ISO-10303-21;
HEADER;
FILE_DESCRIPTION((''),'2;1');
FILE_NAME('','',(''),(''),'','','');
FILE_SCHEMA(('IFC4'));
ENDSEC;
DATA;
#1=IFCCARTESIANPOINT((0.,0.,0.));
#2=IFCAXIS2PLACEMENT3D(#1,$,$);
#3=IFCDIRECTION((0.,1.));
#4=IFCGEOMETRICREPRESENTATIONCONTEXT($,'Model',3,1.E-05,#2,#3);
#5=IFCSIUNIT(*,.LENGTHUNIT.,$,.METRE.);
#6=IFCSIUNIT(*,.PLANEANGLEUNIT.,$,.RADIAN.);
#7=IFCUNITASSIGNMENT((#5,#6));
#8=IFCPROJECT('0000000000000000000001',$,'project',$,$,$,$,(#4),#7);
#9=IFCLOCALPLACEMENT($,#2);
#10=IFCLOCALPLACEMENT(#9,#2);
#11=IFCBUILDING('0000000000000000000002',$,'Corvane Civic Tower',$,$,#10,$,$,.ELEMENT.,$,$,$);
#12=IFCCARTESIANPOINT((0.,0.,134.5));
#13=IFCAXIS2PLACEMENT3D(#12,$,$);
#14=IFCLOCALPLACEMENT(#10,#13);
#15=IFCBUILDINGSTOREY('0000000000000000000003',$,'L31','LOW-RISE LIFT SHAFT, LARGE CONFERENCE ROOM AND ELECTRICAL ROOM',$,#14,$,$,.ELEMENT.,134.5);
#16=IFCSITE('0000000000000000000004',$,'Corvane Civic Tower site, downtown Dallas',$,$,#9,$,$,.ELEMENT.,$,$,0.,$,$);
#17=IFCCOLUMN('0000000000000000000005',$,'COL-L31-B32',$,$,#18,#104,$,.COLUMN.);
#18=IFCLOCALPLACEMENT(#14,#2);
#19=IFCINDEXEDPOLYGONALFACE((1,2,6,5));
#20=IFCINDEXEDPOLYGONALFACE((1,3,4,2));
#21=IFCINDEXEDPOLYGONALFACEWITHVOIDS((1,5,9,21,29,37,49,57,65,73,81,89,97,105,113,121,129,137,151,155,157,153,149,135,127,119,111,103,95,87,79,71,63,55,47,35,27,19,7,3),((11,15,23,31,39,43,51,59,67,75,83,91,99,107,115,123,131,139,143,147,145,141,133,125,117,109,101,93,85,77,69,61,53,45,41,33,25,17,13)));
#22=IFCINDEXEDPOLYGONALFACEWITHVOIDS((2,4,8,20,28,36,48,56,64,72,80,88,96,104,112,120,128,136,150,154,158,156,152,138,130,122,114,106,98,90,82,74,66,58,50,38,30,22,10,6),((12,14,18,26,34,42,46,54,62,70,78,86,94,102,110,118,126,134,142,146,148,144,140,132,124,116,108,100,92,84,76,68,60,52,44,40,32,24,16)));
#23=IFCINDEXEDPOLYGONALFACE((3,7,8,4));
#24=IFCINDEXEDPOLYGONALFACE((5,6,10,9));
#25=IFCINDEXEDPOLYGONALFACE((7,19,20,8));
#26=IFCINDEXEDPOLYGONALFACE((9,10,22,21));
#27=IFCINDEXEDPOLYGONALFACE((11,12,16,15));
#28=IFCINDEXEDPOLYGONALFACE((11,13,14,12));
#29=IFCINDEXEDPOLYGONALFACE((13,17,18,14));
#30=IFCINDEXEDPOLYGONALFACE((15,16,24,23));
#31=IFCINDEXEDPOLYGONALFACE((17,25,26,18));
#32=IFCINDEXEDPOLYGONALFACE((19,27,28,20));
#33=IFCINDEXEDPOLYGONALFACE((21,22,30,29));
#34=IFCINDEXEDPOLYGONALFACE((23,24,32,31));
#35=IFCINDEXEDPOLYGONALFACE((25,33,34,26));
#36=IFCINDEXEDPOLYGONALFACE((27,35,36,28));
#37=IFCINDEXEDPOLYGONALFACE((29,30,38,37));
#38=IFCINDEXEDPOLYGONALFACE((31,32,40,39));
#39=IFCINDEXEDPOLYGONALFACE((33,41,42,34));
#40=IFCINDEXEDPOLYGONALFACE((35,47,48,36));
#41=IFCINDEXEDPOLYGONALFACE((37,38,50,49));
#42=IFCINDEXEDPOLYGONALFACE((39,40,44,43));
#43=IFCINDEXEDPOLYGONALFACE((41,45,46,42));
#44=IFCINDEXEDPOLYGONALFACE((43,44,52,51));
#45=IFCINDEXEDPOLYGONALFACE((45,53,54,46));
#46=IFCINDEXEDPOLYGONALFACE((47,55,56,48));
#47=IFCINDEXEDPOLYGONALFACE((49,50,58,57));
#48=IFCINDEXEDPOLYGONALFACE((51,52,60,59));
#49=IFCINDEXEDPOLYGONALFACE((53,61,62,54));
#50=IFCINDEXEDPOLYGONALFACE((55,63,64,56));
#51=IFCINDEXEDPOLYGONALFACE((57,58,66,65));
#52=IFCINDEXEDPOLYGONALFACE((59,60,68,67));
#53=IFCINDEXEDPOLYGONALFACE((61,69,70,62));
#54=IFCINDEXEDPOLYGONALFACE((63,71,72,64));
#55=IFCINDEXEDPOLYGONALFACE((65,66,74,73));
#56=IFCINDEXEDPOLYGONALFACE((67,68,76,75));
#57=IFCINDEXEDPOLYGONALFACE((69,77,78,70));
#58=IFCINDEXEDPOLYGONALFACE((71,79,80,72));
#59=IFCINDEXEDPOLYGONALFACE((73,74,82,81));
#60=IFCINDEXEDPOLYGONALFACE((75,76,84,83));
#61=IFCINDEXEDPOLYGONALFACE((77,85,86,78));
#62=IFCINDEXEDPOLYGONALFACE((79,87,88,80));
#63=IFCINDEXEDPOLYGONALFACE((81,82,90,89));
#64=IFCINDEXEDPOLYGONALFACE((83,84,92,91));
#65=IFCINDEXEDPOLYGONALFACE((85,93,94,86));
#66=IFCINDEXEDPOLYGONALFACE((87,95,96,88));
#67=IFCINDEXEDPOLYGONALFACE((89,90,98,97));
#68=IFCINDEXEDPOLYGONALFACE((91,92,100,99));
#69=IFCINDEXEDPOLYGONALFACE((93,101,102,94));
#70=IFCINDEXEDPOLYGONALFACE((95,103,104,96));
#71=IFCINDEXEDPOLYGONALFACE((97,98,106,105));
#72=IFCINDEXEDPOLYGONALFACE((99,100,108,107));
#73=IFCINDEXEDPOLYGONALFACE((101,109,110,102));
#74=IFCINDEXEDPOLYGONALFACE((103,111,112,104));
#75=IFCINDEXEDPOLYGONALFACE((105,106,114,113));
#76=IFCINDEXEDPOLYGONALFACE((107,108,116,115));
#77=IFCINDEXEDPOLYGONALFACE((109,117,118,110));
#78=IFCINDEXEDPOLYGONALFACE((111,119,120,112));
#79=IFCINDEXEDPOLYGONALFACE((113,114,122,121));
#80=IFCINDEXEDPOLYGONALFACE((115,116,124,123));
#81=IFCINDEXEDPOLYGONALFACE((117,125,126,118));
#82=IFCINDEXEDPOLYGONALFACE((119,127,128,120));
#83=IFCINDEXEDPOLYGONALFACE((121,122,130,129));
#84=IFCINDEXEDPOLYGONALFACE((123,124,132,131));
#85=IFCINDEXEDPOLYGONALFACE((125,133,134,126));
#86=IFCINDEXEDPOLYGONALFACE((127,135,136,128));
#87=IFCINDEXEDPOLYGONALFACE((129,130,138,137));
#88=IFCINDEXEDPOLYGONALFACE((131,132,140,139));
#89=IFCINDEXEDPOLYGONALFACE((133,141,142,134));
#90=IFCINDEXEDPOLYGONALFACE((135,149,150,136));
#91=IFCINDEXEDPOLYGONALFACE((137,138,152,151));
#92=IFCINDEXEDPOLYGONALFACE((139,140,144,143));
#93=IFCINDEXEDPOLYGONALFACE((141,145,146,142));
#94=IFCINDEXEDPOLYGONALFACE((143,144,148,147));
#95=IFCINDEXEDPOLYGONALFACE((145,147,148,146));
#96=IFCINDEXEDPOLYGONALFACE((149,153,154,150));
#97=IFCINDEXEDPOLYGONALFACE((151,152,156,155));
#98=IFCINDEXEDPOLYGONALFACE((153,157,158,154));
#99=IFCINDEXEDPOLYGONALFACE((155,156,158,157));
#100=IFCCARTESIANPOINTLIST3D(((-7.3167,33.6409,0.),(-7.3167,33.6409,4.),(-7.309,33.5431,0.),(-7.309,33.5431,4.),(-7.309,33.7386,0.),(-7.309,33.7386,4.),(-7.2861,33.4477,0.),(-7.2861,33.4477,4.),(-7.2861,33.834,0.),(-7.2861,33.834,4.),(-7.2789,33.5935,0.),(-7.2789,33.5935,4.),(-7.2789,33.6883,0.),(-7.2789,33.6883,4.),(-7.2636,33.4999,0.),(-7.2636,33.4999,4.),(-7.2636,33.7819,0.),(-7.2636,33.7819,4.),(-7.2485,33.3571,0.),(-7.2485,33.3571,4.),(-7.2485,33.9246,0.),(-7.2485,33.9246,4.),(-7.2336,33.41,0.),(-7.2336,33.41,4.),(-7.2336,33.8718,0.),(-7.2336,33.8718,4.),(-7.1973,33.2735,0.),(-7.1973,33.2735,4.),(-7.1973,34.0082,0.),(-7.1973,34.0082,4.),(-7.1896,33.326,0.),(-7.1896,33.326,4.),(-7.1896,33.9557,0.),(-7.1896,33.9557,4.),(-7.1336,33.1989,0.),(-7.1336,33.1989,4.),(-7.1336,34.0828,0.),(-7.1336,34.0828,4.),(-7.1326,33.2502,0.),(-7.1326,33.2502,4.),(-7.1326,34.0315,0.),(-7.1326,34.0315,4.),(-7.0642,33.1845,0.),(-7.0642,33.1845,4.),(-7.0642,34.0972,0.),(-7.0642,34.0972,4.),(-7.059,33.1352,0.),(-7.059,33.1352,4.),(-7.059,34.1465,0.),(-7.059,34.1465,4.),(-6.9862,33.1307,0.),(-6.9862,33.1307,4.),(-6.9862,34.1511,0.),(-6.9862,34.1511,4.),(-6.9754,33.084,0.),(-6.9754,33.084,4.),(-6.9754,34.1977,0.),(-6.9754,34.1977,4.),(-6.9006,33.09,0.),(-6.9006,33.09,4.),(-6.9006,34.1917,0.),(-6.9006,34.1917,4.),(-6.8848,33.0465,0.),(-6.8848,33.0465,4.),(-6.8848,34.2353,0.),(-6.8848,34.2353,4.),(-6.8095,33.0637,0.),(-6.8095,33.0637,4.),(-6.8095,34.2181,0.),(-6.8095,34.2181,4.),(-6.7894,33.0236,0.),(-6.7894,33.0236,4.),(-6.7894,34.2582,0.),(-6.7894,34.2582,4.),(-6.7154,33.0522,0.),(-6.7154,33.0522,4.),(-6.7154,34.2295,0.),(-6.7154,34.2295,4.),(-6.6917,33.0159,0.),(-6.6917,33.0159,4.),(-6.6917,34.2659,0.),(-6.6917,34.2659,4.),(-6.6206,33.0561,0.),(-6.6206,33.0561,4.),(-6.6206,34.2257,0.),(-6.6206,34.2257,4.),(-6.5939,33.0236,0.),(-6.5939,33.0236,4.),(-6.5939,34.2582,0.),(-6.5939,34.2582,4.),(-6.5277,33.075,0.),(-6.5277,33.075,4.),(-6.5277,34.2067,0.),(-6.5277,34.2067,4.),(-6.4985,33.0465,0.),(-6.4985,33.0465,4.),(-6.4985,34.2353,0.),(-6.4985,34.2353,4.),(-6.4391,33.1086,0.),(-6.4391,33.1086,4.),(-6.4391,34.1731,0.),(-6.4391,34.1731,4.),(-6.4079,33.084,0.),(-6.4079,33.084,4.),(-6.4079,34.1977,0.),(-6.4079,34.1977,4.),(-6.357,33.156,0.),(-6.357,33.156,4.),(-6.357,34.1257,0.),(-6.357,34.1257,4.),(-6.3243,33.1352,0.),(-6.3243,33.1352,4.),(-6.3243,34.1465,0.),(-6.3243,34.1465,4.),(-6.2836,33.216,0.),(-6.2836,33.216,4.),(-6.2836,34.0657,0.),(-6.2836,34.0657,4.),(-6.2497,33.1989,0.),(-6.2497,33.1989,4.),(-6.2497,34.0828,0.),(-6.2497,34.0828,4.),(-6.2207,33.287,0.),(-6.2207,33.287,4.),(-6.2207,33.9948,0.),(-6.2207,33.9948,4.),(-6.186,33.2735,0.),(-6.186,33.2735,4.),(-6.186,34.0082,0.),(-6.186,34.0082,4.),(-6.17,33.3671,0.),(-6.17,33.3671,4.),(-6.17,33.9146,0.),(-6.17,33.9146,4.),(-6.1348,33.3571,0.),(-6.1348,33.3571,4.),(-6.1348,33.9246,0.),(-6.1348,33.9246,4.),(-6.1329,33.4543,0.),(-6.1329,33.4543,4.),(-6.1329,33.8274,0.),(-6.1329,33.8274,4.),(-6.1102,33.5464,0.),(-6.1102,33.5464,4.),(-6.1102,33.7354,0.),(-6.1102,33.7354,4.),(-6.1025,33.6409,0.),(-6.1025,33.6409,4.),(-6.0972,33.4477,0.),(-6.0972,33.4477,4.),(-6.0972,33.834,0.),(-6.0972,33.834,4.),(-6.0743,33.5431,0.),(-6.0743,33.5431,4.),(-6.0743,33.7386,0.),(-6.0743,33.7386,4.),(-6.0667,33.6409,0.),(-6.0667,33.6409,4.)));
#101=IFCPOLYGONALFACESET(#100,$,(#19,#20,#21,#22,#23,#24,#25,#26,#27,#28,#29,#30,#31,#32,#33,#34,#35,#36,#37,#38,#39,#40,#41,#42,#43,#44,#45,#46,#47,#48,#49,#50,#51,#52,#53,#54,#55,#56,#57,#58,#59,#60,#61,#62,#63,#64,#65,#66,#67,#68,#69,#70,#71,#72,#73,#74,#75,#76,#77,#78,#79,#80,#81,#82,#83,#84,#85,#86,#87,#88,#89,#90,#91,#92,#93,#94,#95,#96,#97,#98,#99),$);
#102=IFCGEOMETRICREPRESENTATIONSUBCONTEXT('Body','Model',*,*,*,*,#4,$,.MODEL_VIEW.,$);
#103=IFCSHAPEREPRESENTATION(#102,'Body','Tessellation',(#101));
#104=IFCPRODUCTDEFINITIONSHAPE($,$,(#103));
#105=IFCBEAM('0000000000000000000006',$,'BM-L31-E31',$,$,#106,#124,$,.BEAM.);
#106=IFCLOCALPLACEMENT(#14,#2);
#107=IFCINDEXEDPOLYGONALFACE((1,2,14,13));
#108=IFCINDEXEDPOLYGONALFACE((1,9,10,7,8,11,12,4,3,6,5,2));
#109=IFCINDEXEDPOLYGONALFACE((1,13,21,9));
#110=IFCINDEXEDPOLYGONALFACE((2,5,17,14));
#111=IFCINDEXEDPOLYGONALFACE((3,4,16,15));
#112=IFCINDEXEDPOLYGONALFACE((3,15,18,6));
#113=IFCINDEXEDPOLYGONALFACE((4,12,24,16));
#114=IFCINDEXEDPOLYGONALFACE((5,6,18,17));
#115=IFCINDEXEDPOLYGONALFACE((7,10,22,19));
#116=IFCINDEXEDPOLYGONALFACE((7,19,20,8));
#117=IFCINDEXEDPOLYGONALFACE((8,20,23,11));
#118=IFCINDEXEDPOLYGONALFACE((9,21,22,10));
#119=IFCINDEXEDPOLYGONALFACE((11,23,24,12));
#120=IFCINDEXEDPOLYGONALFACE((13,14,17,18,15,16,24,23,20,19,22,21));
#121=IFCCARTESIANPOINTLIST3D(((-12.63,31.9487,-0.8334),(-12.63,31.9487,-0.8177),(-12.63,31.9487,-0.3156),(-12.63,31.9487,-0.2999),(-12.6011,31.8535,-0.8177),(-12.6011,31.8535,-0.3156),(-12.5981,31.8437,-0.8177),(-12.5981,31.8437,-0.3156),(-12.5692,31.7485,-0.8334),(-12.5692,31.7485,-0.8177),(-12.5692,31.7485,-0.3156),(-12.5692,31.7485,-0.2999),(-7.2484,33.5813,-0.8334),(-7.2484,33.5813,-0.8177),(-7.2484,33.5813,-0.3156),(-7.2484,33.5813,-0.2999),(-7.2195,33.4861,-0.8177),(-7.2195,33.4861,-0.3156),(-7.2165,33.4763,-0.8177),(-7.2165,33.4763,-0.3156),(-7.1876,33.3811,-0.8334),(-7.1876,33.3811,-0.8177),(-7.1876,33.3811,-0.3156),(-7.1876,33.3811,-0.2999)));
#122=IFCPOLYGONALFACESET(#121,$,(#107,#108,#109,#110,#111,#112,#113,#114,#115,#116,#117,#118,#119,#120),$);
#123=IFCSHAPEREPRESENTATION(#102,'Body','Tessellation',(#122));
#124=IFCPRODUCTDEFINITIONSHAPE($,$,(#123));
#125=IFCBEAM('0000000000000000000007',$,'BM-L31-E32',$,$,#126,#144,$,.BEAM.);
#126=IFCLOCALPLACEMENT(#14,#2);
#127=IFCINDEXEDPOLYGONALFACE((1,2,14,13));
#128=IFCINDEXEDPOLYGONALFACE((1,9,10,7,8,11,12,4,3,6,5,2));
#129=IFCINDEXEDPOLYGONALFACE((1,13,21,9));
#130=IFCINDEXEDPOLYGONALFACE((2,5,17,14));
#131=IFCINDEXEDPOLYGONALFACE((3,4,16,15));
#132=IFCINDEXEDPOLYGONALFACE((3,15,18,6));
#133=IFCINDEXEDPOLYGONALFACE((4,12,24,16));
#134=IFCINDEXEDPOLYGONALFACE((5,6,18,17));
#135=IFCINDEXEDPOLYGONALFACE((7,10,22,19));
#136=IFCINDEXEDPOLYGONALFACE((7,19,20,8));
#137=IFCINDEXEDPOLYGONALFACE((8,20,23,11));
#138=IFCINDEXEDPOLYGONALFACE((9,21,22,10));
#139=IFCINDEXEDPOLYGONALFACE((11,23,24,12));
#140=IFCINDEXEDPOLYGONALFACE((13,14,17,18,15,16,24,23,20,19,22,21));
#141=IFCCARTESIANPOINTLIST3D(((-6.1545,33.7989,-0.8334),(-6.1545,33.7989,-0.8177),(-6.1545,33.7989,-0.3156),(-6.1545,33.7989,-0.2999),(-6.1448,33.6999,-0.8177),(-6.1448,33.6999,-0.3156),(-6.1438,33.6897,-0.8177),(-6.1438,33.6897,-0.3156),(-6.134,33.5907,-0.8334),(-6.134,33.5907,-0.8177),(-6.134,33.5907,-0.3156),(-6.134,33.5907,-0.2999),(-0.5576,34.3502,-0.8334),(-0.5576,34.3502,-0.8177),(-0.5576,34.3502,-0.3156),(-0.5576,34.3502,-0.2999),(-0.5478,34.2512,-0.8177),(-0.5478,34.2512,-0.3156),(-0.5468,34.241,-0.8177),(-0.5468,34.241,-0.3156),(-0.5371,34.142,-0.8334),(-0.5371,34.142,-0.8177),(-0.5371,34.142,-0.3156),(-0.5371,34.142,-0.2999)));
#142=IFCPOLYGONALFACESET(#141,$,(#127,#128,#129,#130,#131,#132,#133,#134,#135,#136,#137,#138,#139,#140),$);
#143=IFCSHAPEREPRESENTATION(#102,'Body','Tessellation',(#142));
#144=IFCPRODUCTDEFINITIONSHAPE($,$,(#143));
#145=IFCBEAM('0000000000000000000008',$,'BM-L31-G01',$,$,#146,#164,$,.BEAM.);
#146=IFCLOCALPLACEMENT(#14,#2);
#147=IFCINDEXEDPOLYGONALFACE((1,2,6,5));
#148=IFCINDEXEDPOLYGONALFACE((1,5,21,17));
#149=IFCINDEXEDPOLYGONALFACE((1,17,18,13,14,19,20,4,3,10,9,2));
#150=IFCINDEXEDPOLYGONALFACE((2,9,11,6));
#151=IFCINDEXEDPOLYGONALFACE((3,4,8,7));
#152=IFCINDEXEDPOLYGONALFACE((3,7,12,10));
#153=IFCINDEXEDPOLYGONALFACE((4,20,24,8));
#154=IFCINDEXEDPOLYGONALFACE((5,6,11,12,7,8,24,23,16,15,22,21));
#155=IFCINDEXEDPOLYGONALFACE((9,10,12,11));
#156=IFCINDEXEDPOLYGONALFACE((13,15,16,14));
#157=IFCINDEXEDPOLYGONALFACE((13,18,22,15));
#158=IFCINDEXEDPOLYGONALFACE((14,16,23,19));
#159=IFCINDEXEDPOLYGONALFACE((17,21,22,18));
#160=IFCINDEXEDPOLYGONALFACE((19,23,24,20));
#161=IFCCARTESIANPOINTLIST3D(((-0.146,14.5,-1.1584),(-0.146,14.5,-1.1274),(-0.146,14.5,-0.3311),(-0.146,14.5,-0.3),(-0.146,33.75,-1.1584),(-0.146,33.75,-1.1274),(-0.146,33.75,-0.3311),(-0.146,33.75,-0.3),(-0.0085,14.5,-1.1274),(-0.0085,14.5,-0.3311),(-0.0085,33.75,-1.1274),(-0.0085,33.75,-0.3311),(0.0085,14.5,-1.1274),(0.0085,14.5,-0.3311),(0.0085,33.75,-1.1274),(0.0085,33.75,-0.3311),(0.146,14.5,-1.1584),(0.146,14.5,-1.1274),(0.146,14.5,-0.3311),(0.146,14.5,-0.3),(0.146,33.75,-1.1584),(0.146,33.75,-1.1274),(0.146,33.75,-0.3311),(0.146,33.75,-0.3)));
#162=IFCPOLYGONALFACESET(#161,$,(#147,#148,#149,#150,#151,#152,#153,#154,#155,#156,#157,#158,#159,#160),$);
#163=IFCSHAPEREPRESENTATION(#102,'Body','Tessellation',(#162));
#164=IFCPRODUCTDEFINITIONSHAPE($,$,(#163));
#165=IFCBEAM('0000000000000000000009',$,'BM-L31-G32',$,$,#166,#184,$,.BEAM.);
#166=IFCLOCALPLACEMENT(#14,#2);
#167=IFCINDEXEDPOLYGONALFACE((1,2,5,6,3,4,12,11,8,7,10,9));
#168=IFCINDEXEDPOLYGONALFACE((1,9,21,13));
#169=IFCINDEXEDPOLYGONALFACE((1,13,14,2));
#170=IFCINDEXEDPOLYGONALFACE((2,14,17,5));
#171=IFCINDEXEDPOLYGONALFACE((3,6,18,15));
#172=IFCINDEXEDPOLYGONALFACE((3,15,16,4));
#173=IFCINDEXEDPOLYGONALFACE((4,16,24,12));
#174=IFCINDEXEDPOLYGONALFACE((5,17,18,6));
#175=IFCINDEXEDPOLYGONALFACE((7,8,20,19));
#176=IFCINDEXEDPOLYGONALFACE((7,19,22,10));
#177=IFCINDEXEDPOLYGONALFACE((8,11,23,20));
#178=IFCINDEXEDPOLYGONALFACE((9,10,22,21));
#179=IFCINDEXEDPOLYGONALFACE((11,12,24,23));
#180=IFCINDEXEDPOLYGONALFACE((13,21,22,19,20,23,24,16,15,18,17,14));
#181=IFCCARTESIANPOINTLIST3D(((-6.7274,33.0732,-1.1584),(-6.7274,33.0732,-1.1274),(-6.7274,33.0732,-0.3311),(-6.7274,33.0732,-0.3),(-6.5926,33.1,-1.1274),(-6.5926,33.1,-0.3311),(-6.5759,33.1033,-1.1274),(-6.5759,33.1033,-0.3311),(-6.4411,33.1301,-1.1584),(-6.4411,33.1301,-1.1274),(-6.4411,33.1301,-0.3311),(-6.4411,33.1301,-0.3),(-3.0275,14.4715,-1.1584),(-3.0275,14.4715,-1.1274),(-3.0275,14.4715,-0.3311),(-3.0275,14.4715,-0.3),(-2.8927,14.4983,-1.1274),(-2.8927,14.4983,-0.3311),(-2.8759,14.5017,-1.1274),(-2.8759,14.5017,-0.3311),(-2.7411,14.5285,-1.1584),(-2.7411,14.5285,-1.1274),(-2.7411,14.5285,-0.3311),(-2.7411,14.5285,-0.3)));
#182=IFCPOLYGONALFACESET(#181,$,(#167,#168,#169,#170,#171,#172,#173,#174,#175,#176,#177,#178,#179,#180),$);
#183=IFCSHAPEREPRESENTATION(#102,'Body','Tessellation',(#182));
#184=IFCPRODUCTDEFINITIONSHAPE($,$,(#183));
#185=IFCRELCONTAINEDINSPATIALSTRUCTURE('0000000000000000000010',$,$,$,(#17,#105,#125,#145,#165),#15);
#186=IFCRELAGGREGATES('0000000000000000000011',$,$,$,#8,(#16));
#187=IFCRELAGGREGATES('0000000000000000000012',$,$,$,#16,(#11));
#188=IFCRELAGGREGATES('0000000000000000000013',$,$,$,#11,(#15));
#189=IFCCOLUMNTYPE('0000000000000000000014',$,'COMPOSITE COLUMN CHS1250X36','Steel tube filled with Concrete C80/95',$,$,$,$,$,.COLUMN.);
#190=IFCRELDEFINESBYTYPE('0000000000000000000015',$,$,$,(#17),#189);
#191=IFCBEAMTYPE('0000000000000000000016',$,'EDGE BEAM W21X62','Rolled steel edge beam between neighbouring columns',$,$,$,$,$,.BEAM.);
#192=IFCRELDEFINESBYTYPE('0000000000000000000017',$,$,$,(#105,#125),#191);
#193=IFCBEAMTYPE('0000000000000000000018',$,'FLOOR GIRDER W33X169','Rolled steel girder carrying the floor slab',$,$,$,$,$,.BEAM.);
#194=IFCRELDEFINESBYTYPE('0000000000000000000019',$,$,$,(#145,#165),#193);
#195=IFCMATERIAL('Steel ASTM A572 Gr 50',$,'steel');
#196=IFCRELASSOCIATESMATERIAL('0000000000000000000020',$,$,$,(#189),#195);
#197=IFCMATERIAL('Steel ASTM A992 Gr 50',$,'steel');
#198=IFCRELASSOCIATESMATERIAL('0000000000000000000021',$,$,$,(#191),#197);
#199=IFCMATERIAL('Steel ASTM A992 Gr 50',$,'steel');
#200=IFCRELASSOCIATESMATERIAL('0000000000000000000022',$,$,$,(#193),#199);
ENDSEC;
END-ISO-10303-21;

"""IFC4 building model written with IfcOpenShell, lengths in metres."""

from ifc_helpers import new_model, si_unit, direction, frame, origin, origin_2d, place, context, subcontext, project, spatial, hollow_circle, i_section, extrude, material, material_profile, profile_set, type_object, element, save


model = new_model("IFC4")

# Units and contexts
model_context = context("Model", 3, precision=1e-05, world=origin(), true_north=direction((0.0, 1.0)))
body_context = subcontext(model_context, "Body", "Model", "MODEL_VIEW")
ifc_project = project(units=[si_unit("LENGTHUNIT", "METRE"), si_unit("PLANEANGLEUNIT", "RADIAN")], contexts=[model_context])

# Site, building, storey
site_placement = place(None, origin())
site = spatial("IfcSite", under=ifc_project, at=site_placement, Name="Corvane Civic Tower site, downtown Dallas", CompositionType="ELEMENT", RefElevation=0.0)
building_placement = place(site_placement, origin())
building = spatial("IfcBuilding", under=site, at=building_placement, Name="Corvane Civic Tower", CompositionType="ELEMENT")
storey_placement = place(building_placement, frame((0.0, 0.0, 134.5)))
storey = spatial("IfcBuildingStorey", under=building, at=storey_placement, Name="L31", Description="LOW-RISE LIFT SHAFT, LARGE CONFERENCE ROOM AND ELECTRICAL ROOM", CompositionType="ELEMENT", Elevation=134.5)

# Column
ifc_material_1 = material(Name="Steel ASTM A572 Gr 50", Category="steel")
ifc_material_profile_1 = material_profile(ifc_material_1, hollow_circle(Radius=0.625, WallThickness=0.0359, at=origin_2d()), Name="CHS1250X36")
ifc_profile_set_1 = profile_set([ifc_material_profile_1], Name="Steel ASTM A572 Gr 50")
column_type = type_object("IfcColumnType", Name="COMPOSITE COLUMN CHS1250X36", Description="Steel tube filled with Concrete C80/95", PredefinedType="COLUMN", material=ifc_profile_set_1)
for number, where, z_axis, x_axis, name in (
    (1, (-6.6917, 33.6409, 0.0), (0.0, 0.0, 1.0), (1.0, 0.0, 0.0), "COL-L31-B32"),
):
    element("IfcColumn", number, at=place(storey_placement, frame(where, z_axis=z_axis, x_axis=x_axis)), inside=storey, type_object=column_type, Name=name, PredefinedType="COLUMN", context=body_context, shape_type="SweptSolid", body=[
        extrude(hollow_circle(Radius=0.625, WallThickness=0.0359, at=origin_2d()), origin(), (0.0, 0.0, 1.0), 4.0),
    ])

# Beams
ifc_material_2 = material(Name="Steel ASTM A992 Gr 50", Category="steel")
ifc_material_profile_2 = material_profile(ifc_material_2, i_section(OverallWidth=0.2092, OverallDepth=0.5334, WebThickness=0.0103, FlangeThickness=0.0156, at=origin_2d()), Name="W21X62")
ifc_profile_set_2 = profile_set([ifc_material_profile_2], Name="Steel ASTM A992 Gr 50")
beam_type_1 = type_object("IfcBeamType", Name="EDGE BEAM W21X62", Description="Rolled steel edge beam between neighbouring columns", PredefinedType="BEAM", material=ifc_profile_set_2)
beam_1_placement = place(storey_placement, frame((-12.5996, 31.8486, -0.5667), z_axis=(0.956936, 0.290298, 0.0), x_axis=(-0.290298, 0.956936, 0.0)))
element("IfcBeam", 2, at=beam_1_placement, inside=storey, type_object=beam_type_1, Name="BM-L31-E31", PredefinedType="BEAM", context=body_context, shape_type="SweptSolid", body=[
    extrude(i_section(OverallWidth=0.2092, OverallDepth=0.5334, WebThickness=0.0103, FlangeThickness=0.0156, at=origin_2d()), origin(), (0.0, 0.0, 1.0), 5.6238),
])
beam_2_placement = place(storey_placement, frame((-6.1443, 33.6948, -0.5667), z_axis=(0.995184, 0.098021, 0.0), x_axis=(-0.098021, 0.995184, 0.0)))
element("IfcBeam", 3, at=beam_2_placement, inside=storey, type_object=beam_type_1, Name="BM-L31-E32", PredefinedType="BEAM", context=body_context, shape_type="SweptSolid", body=[
    extrude(i_section(OverallWidth=0.2092, OverallDepth=0.5334, WebThickness=0.0103, FlangeThickness=0.0156, at=origin_2d()), origin(), (0.0, 0.0, 1.0), 5.624),
])
ifc_material_3 = material(Name="Steel ASTM A992 Gr 50", Category="steel")
ifc_material_profile_3 = material_profile(ifc_material_3, i_section(OverallWidth=0.292, OverallDepth=0.8584, WebThickness=0.0171, FlangeThickness=0.031, at=origin_2d()), Name="W33X169")
ifc_profile_set_3 = profile_set([ifc_material_profile_3], Name="Steel ASTM A992 Gr 50")
beam_type_2 = type_object("IfcBeamType", Name="FLOOR GIRDER W33X169", Description="Rolled steel girder carrying the floor slab", PredefinedType="BEAM", material=ifc_profile_set_3)
beam_3_placement = place(storey_placement, frame((0.0, 14.5, -0.7292), z_axis=(0.0, 1.0, 0.0), x_axis=(-1.0, 0.0, 0.0)))
element("IfcBeam", 4, at=beam_3_placement, inside=storey, type_object=beam_type_2, Name="BM-L31-G01", PredefinedType="BEAM", context=body_context, shape_type="SweptSolid", body=[
    extrude(i_section(OverallWidth=0.292, OverallDepth=0.8584, WebThickness=0.0171, FlangeThickness=0.031, at=origin_2d()), origin(), (0.0, 0.0, 1.0), 19.25),
])
beam_4_placement = place(storey_placement, frame((-2.8843, 14.5, -0.7292), z_axis=(-0.195084, 0.980787, 0.0), x_axis=(-0.980787, -0.195084, 0.0)))
element("IfcBeam", 5, at=beam_4_placement, inside=storey, type_object=beam_type_2, Name="BM-L31-G32", PredefinedType="BEAM", context=body_context, shape_type="SweptSolid", body=[
    extrude(i_section(OverallWidth=0.292, OverallDepth=0.8584, WebThickness=0.0171, FlangeThickness=0.031, at=origin_2d()), origin(), (0.0, 0.0, 1.0), 18.9661),
])

save(model, "model.ifc")
